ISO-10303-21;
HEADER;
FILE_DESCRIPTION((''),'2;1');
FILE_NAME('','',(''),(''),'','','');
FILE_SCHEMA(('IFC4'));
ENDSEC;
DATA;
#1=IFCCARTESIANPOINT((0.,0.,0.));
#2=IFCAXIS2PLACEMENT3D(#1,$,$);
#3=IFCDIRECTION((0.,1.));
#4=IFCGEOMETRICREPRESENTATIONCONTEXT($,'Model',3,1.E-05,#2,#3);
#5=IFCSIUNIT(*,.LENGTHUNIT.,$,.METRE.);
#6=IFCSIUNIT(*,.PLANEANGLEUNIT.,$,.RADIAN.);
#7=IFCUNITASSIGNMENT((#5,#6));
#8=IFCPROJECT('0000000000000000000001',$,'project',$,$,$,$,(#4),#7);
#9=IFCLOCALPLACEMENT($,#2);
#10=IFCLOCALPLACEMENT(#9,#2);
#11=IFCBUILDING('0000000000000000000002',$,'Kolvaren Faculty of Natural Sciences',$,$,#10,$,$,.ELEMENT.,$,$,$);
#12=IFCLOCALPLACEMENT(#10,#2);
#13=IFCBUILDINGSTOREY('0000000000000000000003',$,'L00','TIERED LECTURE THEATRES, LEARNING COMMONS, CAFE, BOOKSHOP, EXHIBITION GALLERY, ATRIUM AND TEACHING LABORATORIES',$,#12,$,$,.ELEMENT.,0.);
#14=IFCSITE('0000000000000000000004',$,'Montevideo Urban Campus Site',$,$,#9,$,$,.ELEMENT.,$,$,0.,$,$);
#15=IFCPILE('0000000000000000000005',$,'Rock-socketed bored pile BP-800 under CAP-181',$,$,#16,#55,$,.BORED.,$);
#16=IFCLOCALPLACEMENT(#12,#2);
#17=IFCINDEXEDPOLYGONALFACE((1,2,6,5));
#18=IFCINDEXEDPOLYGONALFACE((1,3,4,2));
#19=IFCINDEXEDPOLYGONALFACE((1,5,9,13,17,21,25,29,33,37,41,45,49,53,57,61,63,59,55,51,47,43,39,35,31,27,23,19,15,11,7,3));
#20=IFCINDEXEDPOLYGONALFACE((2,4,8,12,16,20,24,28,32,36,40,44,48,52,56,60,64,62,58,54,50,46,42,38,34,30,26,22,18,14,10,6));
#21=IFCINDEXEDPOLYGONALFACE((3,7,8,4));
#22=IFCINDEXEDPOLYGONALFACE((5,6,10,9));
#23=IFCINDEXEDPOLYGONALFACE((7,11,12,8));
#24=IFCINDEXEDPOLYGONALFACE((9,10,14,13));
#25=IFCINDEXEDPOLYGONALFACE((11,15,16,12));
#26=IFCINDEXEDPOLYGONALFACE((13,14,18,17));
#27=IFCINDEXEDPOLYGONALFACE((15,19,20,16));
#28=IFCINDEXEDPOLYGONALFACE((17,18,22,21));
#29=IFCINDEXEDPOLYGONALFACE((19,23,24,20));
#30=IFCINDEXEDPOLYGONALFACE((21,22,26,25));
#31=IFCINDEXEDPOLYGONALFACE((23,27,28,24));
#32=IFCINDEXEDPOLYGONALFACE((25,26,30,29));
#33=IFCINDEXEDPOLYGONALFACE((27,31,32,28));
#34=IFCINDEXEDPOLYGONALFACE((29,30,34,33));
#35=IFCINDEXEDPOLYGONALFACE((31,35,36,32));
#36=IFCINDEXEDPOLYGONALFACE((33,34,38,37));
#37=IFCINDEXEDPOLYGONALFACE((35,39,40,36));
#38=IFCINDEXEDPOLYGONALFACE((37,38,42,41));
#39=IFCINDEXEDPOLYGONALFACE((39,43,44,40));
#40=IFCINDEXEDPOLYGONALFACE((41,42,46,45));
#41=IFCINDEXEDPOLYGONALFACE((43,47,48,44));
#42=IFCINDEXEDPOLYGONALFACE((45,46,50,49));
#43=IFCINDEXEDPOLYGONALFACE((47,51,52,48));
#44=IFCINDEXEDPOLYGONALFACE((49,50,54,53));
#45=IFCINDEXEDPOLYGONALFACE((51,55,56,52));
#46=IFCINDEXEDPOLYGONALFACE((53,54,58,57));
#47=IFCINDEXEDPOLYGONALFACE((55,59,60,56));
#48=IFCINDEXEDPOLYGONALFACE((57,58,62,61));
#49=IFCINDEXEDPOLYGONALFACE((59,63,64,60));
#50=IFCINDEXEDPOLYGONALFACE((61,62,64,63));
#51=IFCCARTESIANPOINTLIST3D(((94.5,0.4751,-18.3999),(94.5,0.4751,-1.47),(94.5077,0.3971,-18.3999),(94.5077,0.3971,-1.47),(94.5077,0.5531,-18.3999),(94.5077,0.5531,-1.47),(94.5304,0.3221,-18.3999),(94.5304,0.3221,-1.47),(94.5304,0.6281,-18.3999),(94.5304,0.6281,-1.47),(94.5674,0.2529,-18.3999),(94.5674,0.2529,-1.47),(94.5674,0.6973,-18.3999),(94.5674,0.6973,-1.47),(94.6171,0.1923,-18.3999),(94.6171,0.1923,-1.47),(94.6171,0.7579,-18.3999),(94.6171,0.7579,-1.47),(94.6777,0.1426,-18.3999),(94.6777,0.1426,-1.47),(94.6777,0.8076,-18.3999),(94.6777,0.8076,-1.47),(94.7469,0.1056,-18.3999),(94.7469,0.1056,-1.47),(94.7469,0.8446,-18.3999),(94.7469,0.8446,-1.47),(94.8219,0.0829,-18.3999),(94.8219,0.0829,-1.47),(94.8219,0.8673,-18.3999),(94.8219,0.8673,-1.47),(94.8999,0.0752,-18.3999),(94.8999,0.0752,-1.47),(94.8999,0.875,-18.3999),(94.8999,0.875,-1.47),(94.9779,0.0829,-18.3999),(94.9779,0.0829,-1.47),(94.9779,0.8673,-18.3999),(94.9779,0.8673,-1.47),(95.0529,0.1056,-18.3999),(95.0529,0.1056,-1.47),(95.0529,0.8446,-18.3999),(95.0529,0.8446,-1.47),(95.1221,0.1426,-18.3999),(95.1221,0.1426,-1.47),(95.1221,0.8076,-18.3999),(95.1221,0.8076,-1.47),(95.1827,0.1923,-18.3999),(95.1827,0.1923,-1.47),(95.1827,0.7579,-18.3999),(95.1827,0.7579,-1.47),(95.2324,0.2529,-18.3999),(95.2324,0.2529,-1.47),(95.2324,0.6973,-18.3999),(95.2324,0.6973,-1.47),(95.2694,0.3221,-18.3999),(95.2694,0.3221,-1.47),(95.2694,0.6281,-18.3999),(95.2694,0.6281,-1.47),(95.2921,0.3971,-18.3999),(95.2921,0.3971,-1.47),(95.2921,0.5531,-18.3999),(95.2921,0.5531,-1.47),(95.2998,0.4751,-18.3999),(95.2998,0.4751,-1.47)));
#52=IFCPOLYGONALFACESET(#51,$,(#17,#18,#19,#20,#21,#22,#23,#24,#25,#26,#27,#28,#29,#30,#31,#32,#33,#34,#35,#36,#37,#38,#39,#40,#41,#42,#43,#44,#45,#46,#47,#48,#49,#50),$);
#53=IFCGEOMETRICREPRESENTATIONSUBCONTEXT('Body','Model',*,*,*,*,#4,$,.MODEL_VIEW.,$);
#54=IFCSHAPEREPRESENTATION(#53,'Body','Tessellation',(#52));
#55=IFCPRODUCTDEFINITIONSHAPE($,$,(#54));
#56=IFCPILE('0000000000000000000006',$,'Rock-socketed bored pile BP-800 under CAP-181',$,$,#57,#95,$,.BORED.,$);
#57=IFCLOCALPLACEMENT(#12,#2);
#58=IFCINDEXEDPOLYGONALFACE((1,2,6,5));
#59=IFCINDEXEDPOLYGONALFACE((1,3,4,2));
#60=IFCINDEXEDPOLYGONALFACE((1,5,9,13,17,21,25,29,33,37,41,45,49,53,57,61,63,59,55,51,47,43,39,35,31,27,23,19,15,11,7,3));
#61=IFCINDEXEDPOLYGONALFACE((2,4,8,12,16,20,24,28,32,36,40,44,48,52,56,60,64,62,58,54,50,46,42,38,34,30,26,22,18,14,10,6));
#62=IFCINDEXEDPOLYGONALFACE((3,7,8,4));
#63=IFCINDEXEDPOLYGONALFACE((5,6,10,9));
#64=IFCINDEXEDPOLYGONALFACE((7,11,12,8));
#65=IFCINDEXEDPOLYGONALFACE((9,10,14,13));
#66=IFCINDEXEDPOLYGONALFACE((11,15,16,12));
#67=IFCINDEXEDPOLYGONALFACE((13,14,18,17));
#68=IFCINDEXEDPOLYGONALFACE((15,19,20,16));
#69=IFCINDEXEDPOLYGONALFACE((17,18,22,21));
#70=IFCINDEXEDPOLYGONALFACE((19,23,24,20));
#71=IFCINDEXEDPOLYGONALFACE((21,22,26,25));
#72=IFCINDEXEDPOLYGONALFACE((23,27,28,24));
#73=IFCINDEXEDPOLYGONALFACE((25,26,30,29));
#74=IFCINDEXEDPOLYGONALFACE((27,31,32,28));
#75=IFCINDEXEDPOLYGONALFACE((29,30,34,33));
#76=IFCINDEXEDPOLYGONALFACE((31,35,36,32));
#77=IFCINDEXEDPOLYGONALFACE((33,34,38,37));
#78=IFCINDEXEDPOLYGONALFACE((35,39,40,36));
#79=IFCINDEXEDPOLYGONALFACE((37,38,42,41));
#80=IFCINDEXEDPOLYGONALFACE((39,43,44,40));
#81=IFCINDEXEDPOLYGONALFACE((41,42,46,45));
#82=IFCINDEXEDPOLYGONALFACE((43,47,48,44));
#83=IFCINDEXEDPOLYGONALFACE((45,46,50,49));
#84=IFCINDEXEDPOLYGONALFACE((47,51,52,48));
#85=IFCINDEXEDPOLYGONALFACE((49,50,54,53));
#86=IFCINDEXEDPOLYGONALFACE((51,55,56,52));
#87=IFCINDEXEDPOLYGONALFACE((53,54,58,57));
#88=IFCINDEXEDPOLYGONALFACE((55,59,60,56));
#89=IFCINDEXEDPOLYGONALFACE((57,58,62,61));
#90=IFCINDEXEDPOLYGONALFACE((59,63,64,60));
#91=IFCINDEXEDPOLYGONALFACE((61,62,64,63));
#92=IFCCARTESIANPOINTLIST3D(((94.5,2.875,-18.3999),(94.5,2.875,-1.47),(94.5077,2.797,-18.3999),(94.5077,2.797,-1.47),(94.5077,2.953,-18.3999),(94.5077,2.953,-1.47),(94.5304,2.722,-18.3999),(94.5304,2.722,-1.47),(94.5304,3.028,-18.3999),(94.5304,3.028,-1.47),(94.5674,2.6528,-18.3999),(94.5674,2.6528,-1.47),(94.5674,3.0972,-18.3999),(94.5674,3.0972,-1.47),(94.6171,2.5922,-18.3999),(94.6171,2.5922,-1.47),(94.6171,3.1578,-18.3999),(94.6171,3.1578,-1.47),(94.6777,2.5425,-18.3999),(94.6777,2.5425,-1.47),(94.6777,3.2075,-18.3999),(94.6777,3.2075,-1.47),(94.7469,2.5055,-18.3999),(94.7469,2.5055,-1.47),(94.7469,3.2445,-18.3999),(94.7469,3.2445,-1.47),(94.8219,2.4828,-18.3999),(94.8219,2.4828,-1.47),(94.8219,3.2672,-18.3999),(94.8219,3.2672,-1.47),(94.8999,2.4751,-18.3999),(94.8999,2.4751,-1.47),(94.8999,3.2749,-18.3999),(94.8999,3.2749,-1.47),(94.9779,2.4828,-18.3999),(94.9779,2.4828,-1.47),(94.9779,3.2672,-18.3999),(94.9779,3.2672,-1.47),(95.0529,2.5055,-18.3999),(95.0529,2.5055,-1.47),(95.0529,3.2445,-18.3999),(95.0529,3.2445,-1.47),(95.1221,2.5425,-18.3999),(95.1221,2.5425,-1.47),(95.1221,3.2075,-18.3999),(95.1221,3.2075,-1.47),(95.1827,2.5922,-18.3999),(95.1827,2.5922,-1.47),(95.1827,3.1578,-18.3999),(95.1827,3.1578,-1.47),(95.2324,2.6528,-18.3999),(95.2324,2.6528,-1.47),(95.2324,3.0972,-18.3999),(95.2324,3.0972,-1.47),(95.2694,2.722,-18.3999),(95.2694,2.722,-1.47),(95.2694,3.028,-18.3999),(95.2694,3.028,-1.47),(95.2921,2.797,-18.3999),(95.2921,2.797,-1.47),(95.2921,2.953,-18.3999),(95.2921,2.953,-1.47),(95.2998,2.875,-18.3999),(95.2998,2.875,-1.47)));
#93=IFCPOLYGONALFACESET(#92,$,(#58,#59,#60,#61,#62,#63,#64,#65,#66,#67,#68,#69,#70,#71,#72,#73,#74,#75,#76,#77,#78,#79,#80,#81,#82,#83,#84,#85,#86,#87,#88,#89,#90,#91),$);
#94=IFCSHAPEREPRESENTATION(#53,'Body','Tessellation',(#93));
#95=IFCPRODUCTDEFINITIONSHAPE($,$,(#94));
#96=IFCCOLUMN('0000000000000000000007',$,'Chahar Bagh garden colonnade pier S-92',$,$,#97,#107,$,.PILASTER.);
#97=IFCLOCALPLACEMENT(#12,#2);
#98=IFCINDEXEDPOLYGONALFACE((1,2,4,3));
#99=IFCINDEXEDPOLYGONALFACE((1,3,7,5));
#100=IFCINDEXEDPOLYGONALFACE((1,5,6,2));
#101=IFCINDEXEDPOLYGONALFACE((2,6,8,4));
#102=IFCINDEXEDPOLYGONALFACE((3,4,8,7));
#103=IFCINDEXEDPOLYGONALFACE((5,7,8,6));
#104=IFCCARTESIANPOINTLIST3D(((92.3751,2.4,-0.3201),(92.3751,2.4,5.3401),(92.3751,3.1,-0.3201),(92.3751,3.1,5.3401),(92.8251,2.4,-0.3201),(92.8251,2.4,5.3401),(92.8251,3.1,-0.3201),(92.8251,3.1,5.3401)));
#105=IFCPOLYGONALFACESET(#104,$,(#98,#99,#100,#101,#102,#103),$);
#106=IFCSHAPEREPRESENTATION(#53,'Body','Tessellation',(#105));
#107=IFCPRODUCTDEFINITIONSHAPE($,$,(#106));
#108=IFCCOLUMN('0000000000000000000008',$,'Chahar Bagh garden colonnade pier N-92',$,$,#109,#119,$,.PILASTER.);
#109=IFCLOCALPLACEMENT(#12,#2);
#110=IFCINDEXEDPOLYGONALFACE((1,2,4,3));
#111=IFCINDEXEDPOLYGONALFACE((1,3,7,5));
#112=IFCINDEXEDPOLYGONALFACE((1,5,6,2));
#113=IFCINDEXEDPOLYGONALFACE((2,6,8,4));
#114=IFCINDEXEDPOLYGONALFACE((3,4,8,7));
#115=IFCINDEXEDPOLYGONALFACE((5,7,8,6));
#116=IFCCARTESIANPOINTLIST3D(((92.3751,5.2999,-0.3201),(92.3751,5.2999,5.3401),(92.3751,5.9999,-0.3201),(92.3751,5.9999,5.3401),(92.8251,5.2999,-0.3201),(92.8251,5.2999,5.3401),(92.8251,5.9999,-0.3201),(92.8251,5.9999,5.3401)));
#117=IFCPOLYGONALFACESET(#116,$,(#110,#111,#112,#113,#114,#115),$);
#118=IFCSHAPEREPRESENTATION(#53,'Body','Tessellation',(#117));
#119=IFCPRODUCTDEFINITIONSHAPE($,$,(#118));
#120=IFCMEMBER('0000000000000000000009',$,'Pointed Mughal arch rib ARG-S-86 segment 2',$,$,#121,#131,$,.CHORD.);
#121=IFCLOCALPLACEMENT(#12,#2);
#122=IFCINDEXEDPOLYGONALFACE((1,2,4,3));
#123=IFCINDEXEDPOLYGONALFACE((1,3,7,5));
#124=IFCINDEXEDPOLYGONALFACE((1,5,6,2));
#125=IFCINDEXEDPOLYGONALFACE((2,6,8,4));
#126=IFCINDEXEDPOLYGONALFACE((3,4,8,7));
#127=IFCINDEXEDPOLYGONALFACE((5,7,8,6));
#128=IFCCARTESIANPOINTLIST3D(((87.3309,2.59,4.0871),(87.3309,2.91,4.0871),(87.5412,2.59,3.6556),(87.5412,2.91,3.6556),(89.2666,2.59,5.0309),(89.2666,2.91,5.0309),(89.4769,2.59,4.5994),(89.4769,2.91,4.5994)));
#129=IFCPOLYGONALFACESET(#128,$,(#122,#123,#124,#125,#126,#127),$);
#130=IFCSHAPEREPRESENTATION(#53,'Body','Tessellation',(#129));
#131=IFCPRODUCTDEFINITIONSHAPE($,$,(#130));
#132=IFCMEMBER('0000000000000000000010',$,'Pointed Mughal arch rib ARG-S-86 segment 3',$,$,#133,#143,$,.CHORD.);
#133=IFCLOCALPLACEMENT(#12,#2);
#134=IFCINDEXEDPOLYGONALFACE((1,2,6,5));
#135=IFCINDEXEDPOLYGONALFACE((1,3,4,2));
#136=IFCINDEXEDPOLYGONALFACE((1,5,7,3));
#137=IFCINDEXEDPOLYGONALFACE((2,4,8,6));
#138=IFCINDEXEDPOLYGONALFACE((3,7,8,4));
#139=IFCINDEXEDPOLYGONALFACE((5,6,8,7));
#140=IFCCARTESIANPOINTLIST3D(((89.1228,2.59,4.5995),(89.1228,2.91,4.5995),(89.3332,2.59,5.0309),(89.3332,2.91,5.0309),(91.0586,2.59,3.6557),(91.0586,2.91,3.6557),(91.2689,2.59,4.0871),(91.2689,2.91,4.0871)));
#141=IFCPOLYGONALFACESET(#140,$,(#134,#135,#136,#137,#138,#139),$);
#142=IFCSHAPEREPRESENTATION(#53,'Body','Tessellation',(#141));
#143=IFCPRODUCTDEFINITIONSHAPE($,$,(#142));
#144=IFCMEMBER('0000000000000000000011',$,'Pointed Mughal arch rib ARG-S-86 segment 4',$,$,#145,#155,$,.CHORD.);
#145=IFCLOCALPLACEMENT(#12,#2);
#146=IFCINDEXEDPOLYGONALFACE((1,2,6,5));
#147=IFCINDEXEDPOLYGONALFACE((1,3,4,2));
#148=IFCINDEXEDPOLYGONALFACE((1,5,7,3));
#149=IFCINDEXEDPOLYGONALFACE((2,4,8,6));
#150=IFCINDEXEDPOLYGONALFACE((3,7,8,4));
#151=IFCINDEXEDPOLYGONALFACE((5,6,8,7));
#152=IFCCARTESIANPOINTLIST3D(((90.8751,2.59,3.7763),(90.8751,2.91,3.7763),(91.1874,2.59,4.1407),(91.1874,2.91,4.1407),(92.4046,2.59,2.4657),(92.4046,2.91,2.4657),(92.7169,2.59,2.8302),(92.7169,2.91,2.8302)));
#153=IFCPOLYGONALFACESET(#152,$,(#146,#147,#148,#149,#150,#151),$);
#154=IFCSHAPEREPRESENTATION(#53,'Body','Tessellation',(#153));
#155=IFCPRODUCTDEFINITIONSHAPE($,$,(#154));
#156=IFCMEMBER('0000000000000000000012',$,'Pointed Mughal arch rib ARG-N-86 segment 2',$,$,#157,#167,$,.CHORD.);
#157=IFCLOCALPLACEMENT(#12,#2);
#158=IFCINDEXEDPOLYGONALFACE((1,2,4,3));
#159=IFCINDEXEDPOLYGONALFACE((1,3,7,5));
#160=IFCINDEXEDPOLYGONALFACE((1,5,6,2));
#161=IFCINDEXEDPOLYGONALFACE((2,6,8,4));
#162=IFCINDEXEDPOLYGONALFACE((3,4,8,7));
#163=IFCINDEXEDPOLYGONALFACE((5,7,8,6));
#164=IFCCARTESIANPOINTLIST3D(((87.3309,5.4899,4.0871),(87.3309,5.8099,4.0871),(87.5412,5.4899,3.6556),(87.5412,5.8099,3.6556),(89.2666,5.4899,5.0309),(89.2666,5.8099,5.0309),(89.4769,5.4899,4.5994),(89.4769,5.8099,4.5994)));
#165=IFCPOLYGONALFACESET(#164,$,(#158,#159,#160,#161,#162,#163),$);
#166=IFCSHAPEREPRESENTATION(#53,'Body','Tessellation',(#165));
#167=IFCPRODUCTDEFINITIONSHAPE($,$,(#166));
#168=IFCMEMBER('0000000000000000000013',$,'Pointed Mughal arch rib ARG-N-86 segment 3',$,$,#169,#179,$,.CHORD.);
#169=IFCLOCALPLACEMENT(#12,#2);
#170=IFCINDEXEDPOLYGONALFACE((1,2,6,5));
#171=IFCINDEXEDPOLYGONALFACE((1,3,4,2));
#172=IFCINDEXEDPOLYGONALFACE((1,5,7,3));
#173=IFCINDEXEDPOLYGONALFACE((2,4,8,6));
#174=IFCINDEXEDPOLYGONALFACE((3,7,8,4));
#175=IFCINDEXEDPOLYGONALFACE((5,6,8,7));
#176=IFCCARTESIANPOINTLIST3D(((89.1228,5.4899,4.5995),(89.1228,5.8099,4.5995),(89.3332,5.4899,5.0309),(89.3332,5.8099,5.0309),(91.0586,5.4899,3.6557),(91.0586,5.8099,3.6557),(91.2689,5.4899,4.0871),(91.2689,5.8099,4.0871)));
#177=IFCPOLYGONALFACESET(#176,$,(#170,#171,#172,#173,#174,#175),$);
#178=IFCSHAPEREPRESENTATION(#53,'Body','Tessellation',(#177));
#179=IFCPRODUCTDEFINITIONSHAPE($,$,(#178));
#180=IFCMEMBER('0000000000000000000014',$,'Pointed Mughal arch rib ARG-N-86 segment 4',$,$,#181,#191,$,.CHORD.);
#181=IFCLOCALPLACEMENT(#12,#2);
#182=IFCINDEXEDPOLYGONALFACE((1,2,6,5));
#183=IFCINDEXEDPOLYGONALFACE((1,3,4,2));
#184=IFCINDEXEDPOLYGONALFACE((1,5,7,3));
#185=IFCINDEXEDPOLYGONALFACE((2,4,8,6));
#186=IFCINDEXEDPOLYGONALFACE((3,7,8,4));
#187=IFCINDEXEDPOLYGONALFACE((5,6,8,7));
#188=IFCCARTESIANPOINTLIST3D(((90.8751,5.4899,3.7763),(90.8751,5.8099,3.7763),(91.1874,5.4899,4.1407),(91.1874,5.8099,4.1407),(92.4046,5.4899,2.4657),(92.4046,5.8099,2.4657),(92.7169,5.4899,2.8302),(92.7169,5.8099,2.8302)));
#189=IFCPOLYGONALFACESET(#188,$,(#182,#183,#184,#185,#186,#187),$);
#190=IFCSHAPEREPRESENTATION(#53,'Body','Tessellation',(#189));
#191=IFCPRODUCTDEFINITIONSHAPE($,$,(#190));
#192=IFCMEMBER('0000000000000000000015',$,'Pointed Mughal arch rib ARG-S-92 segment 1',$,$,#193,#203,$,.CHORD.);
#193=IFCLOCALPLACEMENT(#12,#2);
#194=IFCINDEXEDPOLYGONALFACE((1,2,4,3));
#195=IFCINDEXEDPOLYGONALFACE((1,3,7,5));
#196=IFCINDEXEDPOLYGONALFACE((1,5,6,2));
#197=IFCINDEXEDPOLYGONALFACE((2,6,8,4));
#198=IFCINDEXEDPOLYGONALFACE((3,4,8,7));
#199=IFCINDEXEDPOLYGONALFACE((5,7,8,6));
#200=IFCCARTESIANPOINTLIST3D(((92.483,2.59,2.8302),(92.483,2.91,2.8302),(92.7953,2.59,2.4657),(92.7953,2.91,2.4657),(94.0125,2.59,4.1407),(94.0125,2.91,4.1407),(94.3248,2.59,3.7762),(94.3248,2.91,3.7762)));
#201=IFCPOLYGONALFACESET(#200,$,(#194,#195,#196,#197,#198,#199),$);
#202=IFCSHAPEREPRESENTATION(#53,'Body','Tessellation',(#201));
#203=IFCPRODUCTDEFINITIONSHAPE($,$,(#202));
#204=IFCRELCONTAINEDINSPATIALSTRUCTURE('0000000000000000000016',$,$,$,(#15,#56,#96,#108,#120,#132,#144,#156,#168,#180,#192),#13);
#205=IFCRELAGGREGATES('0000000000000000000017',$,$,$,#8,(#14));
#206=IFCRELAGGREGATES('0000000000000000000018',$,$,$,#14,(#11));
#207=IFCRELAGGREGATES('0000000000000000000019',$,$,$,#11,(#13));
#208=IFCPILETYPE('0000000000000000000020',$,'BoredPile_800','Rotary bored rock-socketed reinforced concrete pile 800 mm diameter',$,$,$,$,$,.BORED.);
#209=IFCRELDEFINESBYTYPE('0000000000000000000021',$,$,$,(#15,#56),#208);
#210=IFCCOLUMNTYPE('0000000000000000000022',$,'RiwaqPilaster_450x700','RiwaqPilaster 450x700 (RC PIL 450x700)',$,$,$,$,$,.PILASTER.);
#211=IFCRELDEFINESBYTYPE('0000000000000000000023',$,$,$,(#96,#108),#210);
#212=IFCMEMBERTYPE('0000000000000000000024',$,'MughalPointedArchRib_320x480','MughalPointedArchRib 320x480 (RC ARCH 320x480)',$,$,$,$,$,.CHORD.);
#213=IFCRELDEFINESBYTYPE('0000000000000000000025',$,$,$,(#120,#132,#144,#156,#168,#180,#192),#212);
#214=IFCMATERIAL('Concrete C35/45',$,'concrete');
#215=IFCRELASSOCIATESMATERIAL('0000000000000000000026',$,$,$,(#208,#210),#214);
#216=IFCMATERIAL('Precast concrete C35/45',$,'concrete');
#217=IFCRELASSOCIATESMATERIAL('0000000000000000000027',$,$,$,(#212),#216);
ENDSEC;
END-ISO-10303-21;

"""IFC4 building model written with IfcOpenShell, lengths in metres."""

from ifc_helpers import new_model, si_unit, direction, frame, origin, origin_2d, place, context, subcontext, project, spatial, rectangle, circle, extrude, material, material_profile, profile_set, type_object, element, save


model = new_model("IFC4")

# Units and contexts
model_context = context("Model", 3, precision=1e-05, world=origin(), true_north=direction((0.0, 1.0)))
body_context = subcontext(model_context, "Body", "Model", "MODEL_VIEW")
ifc_project = project(units=[si_unit("LENGTHUNIT", "METRE"), si_unit("PLANEANGLEUNIT", "RADIAN")], contexts=[model_context])

# Site, building, storey
site_placement = place(None, origin())
site = spatial("IfcSite", under=ifc_project, at=site_placement, Name="Montevideo Urban Campus Site", CompositionType="ELEMENT", RefElevation=0.0)
building_placement = place(site_placement, origin())
building = spatial("IfcBuilding", under=site, at=building_placement, Name="Kolvaren Faculty of Natural Sciences", CompositionType="ELEMENT")
storey_placement = place(building_placement, origin())
storey = spatial("IfcBuildingStorey", under=building, at=storey_placement, Name="L00", Description="TIERED LECTURE THEATRES, LEARNING COMMONS, CAFE, BOOKSHOP, EXHIBITION GALLERY, ATRIUM AND TEACHING LABORATORIES", CompositionType="ELEMENT", Elevation=0.0)

# Piles
ifc_material_1 = material(Name="Concrete C35/45", Category="concrete")
ifc_material_profile_1 = material_profile(ifc_material_1, circle(Radius=0.3999, at=origin_2d()), Name="PILE D800")
ifc_profile_set_1 = profile_set([ifc_material_profile_1], Name="Concrete C35/45")
pile_type_1 = type_object("IfcPileType", Name="BoredPile_800", Description="Rotary bored rock-socketed reinforced concrete pile 800 mm diameter", PredefinedType="BORED", material=ifc_profile_set_1)
for number, where, z_axis, x_axis, name in (
    (1, (94.8999, 0.4751, -1.47), (0.0, 0.0, -1.0), (1.0, 0.0, 0.0), "Rock-socketed bored pile BP-800 under CAP-181"),
    (2, (94.8999, 2.875, -1.47), (0.0, 0.0, -1.0), (1.0, 0.0, 0.0), "Rock-socketed bored pile BP-800 under CAP-181"),
):
    element("IfcPile", number, at=place(storey_placement, frame(where, z_axis=z_axis, x_axis=x_axis)), inside=storey, type_object=pile_type_1, Name=name, PredefinedType="BORED", context=body_context, shape_type="SweptSolid", body=[
        extrude(circle(Radius=0.3999, at=origin_2d()), origin(), (0.0, 0.0, 1.0), 16.9299),
    ])

# Columns
ifc_material_profile_2 = material_profile(ifc_material_1, rectangle(XDim=0.45, YDim=0.7, at=origin_2d()), Name="RC PIL 450x700")
ifc_profile_set_2 = profile_set([ifc_material_profile_2], Name="Concrete C35/45")
column_type = type_object("IfcColumnType", Name="RiwaqPilaster_450x700", Description="RiwaqPilaster 450x700 (RC PIL 450x700)", PredefinedType="PILASTER", material=ifc_profile_set_2)
for number, where, z_axis, x_axis, name in (
    (3, (92.6001, 2.75, -0.3201), (0.0, 0.0, 1.0), (1.0, 0.0, 0.0), "Chahar Bagh garden colonnade pier S-92"),
    (4, (92.6001, 5.6499, -0.3201), (0.0, 0.0, 1.0), (1.0, 0.0, 0.0), "Chahar Bagh garden colonnade pier N-92"),
):
    element("IfcColumn", number, at=place(storey_placement, frame(where, z_axis=z_axis, x_axis=x_axis)), inside=storey, type_object=column_type, Name=name, PredefinedType="PILASTER", context=body_context, shape_type="SweptSolid", body=[
        extrude(rectangle(XDim=0.45, YDim=0.7, at=origin_2d()), origin(), (0.0, 0.0, 1.0), 5.6602),
    ])

# Members
ifc_material_2 = material(Name="Precast concrete C35/45", Category="concrete")
ifc_material_profile_3 = material_profile(ifc_material_2, rectangle(XDim=0.3201, YDim=0.48, at=origin_2d()), Name="RC ARCH 320x480")
ifc_profile_set_3 = profile_set([ifc_material_profile_3], Name="Precast concrete C35/45")
member_type = type_object("IfcMemberType", Name="MughalPointedArchRib_320x480", Description="MughalPointedArchRib 320x480 (RC ARCH 320x480)", PredefinedType="CHORD", material=ifc_profile_set_3)
for number, where, z_axis, x_axis, name in (
    (5, (87.436, 2.75, 3.8713), (0.898849, 0.0, 0.438258), (0.0, 1.0, 0.0), "Pointed Mughal arch rib ARG-S-86 segment 2"),
    (6, (89.228, 2.75, 4.8152), (0.898849, 0.0, -0.438258), (0.0, 1.0, 0.0), "Pointed Mughal arch rib ARG-S-86 segment 3"),
):
    element("IfcMember", number, at=place(storey_placement, frame(where, z_axis=z_axis, x_axis=x_axis)), inside=storey, type_object=member_type, Name=name, PredefinedType="CHORD", context=body_context, shape_type="SweptSolid", body=[
        extrude(rectangle(XDim=0.3201, YDim=0.48, at=origin_2d()), origin(), (0.0, 0.0, 1.0), 2.1536),
    ])
member_1_placement = place(storey_placement, frame((91.0312, 2.75, 3.9585), z_axis=(0.759376, 0.0, -0.650652), x_axis=(0.0, 1.0, 0.0)))
element("IfcMember", 7, at=member_1_placement, inside=storey, type_object=member_type, Name="Pointed Mughal arch rib ARG-S-86 segment 4", PredefinedType="CHORD", context=body_context, shape_type="SweptSolid", body=[
    extrude(rectangle(XDim=0.3201, YDim=0.48, at=origin_2d()), origin(), (0.0, 0.0, 1.0), 2.0142),
])
for number, where, z_axis, x_axis, name in (
    (8, (87.436, 5.6499, 3.8713), (0.898849, 0.0, 0.438258), (0.0, 1.0, 0.0), "Pointed Mughal arch rib ARG-N-86 segment 2"),
    (9, (89.228, 5.6499, 4.8152), (0.898849, 0.0, -0.438258), (0.0, 1.0, 0.0), "Pointed Mughal arch rib ARG-N-86 segment 3"),
):
    element("IfcMember", number, at=place(storey_placement, frame(where, z_axis=z_axis, x_axis=x_axis)), inside=storey, type_object=member_type, Name=name, PredefinedType="CHORD", context=body_context, shape_type="SweptSolid", body=[
        extrude(rectangle(XDim=0.3201, YDim=0.48, at=origin_2d()), origin(), (0.0, 0.0, 1.0), 2.1536),
    ])
for number, where, z_axis, x_axis, name in (
    (10, (91.0312, 5.6499, 3.9585), (0.759376, 0.0, -0.650652), (0.0, 1.0, 0.0), "Pointed Mughal arch rib ARG-N-86 segment 4"),
    (11, (92.6392, 2.75, 2.6479), (0.759376, 0.0, 0.650652), (0.0, 1.0, 0.0), "Pointed Mughal arch rib ARG-S-92 segment 1"),
):
    element("IfcMember", number, at=place(storey_placement, frame(where, z_axis=z_axis, x_axis=x_axis)), inside=storey, type_object=member_type, Name=name, PredefinedType="CHORD", context=body_context, shape_type="SweptSolid", body=[
        extrude(rectangle(XDim=0.3201, YDim=0.48, at=origin_2d()), origin(), (0.0, 0.0, 1.0), 2.0142),
    ])

save(model, "model.ifc")
